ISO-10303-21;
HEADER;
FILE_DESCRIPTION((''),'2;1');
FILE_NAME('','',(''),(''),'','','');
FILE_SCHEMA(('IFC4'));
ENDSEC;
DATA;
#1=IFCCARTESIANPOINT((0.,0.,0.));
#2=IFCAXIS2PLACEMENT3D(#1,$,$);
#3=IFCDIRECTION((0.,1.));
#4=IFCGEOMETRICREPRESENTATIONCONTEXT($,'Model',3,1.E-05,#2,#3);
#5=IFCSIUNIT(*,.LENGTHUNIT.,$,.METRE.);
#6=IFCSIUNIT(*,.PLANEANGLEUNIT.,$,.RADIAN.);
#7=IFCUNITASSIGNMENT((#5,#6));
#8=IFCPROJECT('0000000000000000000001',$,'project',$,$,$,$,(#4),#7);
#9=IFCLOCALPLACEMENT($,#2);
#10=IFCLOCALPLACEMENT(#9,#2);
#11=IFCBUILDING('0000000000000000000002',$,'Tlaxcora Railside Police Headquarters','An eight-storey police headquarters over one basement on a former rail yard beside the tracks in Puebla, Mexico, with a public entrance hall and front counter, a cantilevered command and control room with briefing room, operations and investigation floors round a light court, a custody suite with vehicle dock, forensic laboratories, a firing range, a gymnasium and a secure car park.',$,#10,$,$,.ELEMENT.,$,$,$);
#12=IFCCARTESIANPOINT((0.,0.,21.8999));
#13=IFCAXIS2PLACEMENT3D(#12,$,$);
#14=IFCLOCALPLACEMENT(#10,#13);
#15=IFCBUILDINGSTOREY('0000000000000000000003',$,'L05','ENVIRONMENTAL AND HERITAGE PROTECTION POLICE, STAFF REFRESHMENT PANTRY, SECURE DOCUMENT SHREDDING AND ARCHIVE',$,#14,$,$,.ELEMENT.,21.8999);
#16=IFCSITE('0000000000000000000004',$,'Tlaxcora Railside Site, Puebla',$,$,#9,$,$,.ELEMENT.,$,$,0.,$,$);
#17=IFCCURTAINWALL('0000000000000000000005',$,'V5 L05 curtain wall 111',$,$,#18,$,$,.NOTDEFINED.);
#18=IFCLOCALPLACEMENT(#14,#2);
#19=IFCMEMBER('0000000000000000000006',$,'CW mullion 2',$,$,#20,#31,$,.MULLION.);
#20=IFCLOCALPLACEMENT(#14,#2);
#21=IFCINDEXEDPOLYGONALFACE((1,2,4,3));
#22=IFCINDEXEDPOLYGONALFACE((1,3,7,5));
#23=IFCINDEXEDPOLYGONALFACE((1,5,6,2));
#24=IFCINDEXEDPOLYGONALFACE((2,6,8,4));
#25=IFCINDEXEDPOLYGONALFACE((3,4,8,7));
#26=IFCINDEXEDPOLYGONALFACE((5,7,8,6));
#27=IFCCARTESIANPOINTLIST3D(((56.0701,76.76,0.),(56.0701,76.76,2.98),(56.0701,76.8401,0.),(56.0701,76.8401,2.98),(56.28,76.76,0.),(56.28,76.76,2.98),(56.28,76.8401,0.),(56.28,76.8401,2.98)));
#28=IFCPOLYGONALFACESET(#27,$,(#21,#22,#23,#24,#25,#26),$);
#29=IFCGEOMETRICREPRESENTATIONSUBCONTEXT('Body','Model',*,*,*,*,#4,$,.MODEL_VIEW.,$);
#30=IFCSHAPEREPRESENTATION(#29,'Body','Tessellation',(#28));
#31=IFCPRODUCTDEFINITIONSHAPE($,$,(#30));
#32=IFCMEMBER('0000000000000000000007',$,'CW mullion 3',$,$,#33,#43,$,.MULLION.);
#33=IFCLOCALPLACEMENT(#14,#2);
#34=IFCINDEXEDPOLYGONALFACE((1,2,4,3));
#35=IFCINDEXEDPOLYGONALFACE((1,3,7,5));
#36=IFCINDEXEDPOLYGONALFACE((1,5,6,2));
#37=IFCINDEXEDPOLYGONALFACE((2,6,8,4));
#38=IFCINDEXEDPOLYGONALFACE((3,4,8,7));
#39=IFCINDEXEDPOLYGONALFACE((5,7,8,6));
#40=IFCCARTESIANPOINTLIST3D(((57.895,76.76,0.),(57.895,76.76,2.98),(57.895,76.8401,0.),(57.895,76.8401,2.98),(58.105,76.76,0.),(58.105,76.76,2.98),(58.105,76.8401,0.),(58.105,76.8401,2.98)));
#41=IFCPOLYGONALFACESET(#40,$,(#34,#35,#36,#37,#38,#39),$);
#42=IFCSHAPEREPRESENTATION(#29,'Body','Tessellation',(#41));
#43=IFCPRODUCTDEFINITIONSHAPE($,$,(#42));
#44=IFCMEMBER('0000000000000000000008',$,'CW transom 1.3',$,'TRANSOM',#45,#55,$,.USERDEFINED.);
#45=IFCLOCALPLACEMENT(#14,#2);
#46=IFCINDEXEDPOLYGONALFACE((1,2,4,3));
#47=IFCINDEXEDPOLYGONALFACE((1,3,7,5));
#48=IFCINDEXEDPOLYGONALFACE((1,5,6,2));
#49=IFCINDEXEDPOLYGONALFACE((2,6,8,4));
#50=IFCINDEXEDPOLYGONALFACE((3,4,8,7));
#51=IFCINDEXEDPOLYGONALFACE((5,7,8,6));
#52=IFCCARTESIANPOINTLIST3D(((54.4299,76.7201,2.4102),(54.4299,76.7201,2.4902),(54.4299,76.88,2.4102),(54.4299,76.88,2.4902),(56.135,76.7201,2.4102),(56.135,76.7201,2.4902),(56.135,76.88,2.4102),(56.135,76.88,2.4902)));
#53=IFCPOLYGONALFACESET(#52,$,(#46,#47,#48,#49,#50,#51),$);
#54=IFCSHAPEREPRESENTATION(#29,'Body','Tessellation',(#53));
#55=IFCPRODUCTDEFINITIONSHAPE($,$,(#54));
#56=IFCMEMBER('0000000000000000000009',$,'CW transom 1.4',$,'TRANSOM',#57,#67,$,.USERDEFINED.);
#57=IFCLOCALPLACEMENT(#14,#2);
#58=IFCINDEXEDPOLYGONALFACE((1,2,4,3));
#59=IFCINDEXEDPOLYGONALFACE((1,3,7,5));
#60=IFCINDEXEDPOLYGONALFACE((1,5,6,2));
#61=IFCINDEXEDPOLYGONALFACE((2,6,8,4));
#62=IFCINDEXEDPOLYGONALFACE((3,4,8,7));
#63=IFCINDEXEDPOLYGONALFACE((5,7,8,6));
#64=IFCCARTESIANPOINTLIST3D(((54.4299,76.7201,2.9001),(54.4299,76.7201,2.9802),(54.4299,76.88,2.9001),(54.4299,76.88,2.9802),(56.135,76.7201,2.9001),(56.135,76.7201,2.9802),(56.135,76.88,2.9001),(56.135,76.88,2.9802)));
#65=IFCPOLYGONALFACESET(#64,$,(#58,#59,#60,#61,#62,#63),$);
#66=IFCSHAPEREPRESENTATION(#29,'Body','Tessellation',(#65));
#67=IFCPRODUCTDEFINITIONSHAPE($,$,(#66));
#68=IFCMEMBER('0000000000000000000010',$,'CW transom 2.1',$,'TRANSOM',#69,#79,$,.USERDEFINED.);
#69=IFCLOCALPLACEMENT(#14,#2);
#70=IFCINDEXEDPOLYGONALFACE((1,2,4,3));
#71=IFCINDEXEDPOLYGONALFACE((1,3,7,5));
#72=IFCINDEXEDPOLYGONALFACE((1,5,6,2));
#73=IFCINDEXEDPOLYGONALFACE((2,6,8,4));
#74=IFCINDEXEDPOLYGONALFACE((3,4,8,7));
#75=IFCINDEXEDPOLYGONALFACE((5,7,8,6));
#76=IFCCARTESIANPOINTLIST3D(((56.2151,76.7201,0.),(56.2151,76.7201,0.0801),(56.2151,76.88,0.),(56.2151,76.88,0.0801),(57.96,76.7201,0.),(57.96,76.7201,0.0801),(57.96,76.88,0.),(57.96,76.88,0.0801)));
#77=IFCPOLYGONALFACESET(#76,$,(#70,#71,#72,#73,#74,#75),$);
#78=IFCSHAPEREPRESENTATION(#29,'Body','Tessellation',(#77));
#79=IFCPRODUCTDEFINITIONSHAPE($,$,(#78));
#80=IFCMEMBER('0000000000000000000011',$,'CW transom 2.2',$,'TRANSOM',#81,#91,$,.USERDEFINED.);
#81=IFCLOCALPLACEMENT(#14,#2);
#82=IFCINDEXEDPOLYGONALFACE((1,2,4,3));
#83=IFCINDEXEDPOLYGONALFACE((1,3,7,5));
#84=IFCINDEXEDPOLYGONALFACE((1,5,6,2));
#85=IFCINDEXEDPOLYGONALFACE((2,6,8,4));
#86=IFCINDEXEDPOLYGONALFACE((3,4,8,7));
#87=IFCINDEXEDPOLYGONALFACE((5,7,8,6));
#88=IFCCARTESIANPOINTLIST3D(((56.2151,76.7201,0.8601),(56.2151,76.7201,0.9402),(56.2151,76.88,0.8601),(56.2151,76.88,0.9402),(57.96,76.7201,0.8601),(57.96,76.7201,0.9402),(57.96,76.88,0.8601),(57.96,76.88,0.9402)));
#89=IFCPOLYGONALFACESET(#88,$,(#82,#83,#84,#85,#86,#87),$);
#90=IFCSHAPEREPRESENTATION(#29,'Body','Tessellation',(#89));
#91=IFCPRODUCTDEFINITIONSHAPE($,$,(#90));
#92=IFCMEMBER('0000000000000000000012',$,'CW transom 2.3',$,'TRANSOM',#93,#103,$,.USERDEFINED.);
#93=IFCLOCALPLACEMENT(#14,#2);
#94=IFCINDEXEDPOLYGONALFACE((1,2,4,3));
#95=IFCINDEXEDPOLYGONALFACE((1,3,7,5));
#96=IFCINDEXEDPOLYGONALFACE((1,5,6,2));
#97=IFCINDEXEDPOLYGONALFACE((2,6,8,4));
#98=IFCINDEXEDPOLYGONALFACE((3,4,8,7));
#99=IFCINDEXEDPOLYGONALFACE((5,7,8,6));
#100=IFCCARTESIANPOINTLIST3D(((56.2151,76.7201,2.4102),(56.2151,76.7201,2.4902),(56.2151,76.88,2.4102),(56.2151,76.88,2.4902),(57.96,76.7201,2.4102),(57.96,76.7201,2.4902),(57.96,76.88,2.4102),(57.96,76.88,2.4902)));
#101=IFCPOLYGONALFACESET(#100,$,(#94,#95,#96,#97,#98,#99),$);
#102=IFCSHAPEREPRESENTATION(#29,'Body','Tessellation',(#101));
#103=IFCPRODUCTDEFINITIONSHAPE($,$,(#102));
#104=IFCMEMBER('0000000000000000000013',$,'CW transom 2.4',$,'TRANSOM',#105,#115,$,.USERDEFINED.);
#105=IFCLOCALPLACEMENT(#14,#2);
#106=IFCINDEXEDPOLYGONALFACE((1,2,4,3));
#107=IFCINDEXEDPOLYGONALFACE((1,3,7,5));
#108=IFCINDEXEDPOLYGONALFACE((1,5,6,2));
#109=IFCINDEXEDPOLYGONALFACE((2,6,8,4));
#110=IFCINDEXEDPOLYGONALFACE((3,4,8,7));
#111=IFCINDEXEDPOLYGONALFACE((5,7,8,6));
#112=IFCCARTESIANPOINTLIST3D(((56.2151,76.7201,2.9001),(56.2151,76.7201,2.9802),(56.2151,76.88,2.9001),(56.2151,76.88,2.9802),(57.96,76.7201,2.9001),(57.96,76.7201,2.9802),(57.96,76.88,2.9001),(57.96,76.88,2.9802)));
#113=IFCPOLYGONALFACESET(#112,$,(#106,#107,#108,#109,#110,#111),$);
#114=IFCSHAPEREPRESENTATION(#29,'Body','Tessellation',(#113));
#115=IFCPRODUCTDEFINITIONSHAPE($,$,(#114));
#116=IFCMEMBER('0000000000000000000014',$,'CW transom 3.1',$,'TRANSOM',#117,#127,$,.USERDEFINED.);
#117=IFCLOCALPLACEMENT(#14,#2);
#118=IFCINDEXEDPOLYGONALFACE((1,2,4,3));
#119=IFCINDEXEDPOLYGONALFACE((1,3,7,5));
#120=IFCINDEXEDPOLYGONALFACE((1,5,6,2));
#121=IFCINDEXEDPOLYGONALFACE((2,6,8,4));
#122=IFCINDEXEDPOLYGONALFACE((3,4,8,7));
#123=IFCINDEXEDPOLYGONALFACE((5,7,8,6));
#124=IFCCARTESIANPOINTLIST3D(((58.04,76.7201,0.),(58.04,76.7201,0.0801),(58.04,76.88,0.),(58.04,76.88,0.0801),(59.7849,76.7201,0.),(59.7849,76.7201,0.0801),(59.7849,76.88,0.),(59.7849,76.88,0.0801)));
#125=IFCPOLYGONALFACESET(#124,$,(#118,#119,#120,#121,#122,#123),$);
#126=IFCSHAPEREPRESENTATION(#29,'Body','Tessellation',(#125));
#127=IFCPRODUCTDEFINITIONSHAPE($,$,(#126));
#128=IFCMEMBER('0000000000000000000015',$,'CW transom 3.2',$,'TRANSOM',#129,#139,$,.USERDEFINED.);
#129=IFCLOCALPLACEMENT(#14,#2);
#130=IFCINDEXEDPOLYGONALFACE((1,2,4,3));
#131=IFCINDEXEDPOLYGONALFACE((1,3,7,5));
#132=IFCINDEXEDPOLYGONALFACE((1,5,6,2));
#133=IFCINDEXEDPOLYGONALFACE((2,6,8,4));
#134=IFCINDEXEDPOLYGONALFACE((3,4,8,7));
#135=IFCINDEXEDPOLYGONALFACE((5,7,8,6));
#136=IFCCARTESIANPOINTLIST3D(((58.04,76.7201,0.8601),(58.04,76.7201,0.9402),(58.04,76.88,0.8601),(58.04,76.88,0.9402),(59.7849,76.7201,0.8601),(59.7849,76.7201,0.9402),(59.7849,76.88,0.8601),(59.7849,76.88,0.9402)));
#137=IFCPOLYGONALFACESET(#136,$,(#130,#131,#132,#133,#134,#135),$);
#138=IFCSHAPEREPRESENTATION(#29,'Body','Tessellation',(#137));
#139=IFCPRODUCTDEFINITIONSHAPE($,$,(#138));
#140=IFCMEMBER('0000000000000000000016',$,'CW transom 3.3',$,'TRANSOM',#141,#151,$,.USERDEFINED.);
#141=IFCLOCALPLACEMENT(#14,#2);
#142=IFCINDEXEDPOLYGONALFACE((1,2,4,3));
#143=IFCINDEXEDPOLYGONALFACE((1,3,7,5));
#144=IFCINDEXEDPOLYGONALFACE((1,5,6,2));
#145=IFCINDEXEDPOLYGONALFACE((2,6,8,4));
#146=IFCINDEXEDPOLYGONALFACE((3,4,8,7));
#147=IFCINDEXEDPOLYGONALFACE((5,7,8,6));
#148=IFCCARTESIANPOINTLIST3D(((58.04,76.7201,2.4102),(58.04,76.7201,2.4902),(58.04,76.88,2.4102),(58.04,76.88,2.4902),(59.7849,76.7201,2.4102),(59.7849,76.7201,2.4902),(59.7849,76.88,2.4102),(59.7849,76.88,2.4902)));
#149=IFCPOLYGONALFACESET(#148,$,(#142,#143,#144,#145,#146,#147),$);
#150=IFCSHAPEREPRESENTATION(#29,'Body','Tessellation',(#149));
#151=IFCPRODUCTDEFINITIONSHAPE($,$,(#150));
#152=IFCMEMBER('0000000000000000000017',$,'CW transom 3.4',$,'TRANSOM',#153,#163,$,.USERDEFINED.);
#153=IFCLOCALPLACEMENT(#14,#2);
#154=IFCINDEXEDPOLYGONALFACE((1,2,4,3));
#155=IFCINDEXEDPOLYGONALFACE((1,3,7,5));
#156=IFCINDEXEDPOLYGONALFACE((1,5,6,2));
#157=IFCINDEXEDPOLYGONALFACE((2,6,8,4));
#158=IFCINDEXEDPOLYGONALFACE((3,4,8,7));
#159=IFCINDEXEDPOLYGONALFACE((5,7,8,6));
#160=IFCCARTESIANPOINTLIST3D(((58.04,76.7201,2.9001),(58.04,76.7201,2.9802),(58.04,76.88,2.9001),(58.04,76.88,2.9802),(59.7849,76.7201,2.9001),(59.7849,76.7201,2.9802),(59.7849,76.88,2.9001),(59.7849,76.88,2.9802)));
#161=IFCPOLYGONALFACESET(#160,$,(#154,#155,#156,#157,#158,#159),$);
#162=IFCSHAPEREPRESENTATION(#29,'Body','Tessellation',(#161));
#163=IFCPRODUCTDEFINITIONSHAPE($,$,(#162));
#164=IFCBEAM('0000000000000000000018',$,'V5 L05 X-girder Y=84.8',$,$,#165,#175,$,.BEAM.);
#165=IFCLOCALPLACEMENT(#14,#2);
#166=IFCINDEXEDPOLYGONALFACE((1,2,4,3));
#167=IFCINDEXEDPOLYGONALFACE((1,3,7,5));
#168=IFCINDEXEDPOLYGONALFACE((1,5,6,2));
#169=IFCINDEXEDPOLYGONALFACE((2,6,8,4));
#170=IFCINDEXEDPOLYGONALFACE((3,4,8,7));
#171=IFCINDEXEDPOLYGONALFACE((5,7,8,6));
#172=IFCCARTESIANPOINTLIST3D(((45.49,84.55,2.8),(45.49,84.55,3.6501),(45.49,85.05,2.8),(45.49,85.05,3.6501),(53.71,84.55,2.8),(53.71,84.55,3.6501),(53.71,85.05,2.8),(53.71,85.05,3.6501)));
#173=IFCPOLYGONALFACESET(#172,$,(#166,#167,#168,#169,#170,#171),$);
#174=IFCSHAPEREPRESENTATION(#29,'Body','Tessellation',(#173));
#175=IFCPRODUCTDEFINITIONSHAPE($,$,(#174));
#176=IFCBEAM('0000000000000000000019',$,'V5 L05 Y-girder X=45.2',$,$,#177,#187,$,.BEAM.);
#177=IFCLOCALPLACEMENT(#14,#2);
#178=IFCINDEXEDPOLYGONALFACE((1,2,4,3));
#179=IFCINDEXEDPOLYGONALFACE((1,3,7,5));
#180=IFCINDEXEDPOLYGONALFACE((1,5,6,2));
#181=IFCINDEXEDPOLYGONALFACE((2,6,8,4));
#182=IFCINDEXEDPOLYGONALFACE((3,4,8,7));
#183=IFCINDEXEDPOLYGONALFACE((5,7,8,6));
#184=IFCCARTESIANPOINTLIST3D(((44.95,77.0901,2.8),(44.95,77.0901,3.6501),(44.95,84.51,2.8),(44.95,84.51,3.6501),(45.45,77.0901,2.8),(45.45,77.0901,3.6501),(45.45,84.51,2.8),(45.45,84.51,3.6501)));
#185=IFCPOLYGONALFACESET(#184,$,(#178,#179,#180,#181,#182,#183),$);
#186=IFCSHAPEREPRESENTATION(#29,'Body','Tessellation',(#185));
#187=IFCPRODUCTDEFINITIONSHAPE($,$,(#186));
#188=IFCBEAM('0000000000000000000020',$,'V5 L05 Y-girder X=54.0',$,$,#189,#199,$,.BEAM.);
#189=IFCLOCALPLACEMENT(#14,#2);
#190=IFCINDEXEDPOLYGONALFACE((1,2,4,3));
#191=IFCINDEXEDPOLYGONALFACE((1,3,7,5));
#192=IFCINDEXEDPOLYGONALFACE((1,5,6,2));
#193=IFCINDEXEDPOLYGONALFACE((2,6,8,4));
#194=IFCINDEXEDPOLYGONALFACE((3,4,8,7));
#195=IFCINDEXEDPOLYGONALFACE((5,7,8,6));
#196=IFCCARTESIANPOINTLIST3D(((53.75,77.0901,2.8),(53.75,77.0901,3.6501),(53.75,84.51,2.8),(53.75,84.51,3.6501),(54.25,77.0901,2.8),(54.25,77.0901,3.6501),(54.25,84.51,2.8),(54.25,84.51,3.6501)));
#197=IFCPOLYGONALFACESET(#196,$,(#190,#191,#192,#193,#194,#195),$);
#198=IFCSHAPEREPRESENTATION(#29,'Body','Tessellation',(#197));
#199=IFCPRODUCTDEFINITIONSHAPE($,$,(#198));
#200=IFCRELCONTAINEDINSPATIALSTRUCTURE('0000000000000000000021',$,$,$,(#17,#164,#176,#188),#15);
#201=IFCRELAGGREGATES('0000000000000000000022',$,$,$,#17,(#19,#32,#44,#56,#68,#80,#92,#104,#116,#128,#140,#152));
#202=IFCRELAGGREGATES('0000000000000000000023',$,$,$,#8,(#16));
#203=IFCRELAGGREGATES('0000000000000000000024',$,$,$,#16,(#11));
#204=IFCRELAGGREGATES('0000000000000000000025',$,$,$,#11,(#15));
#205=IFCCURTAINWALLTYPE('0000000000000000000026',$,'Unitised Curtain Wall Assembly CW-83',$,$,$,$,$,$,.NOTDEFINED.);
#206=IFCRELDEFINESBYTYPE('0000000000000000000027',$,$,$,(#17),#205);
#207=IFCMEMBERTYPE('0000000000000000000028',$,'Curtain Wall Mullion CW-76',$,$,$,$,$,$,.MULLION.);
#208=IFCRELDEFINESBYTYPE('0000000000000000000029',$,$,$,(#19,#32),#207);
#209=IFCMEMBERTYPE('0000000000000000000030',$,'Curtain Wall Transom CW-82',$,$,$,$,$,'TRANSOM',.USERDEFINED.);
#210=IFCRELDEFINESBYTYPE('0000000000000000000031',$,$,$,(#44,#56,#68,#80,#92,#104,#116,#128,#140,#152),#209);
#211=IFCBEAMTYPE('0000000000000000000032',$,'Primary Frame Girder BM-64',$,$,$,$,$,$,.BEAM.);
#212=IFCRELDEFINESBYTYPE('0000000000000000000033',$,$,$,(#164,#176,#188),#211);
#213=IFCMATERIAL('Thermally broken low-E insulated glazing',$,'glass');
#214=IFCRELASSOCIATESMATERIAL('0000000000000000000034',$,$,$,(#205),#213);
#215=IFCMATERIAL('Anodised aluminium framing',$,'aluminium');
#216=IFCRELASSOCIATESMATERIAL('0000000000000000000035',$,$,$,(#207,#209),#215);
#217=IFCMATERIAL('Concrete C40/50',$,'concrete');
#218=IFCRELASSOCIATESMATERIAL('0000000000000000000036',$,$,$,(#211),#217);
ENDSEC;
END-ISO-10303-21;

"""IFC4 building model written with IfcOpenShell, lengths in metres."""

from ifc_helpers import new_model, si_unit, direction, frame, origin, origin_2d, place, context, subcontext, project, spatial, rectangle, extrude, material, material_profile, profile_set, type_object, element, aggregate, save


model = new_model("IFC4")

# Units and contexts
model_context = context("Model", 3, precision=1e-05, world=origin(), true_north=direction((0.0, 1.0)))
body_context = subcontext(model_context, "Body", "Model", "MODEL_VIEW")
ifc_project = project(units=[si_unit("LENGTHUNIT", "METRE"), si_unit("PLANEANGLEUNIT", "RADIAN")], contexts=[model_context])

# Site, building, storey
site_placement = place(None, origin())
site = spatial("IfcSite", under=ifc_project, at=site_placement, Name="Tlaxcora Railside Site, Puebla", CompositionType="ELEMENT", RefElevation=0.0)
building_placement = place(site_placement, origin())
building = spatial("IfcBuilding", under=site, at=building_placement, Name="Tlaxcora Railside Police Headquarters", Description="An eight-storey police headquarters over one basement on a former rail yard beside the tracks in Puebla, Mexico, with a public entrance hall and front counter, a cantilevered command and control room with briefing room, operations and investigation floors round a light court, a custody suite with vehicle dock, forensic laboratories, a firing range, a gymnasium and a secure car park.", CompositionType="ELEMENT")
storey_placement = place(building_placement, frame((0.0, 0.0, 21.8999)))
storey = spatial("IfcBuildingStorey", under=building, at=storey_placement, Name="L05", Description="ENVIRONMENTAL AND HERITAGE PROTECTION POLICE, STAFF REFRESHMENT PANTRY, SECURE DOCUMENT SHREDDING AND ARCHIVE", CompositionType="ELEMENT", Elevation=21.8999)

# Curtain wall, members
ifc_material_1 = material(Name="Thermally broken low-E insulated glazing", Category="glass")
curtain_wall_type = type_object("IfcCurtainWallType", Name="Unitised Curtain Wall Assembly CW-83", PredefinedType="NOTDEFINED", material=ifc_material_1)
curtain_wall_placement = place(storey_placement, origin())
curtain_wall = element("IfcCurtainWall", 1, at=curtain_wall_placement, inside=storey, type_object=curtain_wall_type, Name="V5 L05 curtain wall 111", PredefinedType="NOTDEFINED")
ifc_material_2 = material(Name="Anodised aluminium framing", Category="aluminium")
ifc_material_profile_1 = material_profile(ifc_material_2, rectangle(XDim=0.0801, YDim=0.21, at=origin_2d()), Name="AL80X210")
ifc_profile_set_1 = profile_set([ifc_material_profile_1], Name="Anodised aluminium framing")
member_type_1 = type_object("IfcMemberType", Name="Curtain Wall Mullion CW-76", PredefinedType="MULLION", material=ifc_profile_set_1)
member_1_placement = place(storey_placement, frame((56.175, 76.8, 0.0), z_axis=(0.0, 0.0, 1.0), x_axis=(0.0, 1.0, 0.0)))
member_1 = element("IfcMember", 2, at=member_1_placement, type_object=member_type_1, Name="CW mullion 2", PredefinedType="MULLION", context=body_context, shape_type="SweptSolid", body=[
    extrude(rectangle(XDim=0.0801, YDim=0.21, at=origin_2d()), origin(), (0.0, 0.0, 1.0), 2.98),
])
member_2_placement = place(storey_placement, frame((58.0, 76.8, 0.0), z_axis=(0.0, 0.0, 1.0), x_axis=(0.0, 1.0, 0.0)))
member_2 = element("IfcMember", 3, at=member_2_placement, type_object=member_type_1, Name="CW mullion 3", PredefinedType="MULLION", context=body_context, shape_type="SweptSolid", body=[
    extrude(rectangle(XDim=0.0801, YDim=0.21, at=origin_2d()), origin(), (0.0, 0.0, 1.0), 2.98),
])
ifc_material_profile_2 = material_profile(ifc_material_2, rectangle(XDim=0.1599, YDim=0.0801, at=origin_2d()), Name="AL80X160")
ifc_profile_set_2 = profile_set([ifc_material_profile_2], Name="Anodised aluminium framing")
member_type_2 = type_object("IfcMemberType", Name="Curtain Wall Transom CW-82", ElementType="TRANSOM", PredefinedType="USERDEFINED", material=ifc_profile_set_2)
member_3_placement = place(storey_placement, frame((54.4299, 76.8, 2.4502), z_axis=(1.0, 0.0, 0.0), x_axis=(0.0, 1.0, 0.0)))
member_3 = element("IfcMember", 4, at=member_3_placement, type_object=member_type_2, Name="CW transom 1.3", ObjectType="TRANSOM", PredefinedType="USERDEFINED", context=body_context, shape_type="SweptSolid", body=[
    extrude(rectangle(XDim=0.1599, YDim=0.0801, at=origin_2d()), origin(), (0.0, 0.0, 1.0), 1.7051),
])
member_4_placement = place(storey_placement, frame((54.4299, 76.8, 2.9402), z_axis=(1.0, 0.0, 0.0), x_axis=(0.0, 1.0, 0.0)))
member_4 = element("IfcMember", 5, at=member_4_placement, type_object=member_type_2, Name="CW transom 1.4", ObjectType="TRANSOM", PredefinedType="USERDEFINED", context=body_context, shape_type="SweptSolid", body=[
    extrude(rectangle(XDim=0.1599, YDim=0.0801, at=origin_2d()), origin(), (0.0, 0.0, 1.0), 1.7051),
])
member_5_placement = place(storey_placement, frame((56.2151, 76.8, 0.04), z_axis=(1.0, 0.0, 0.0), x_axis=(0.0, 1.0, 0.0)))
member_5 = element("IfcMember", 6, at=member_5_placement, type_object=member_type_2, Name="CW transom 2.1", ObjectType="TRANSOM", PredefinedType="USERDEFINED", context=body_context, shape_type="SweptSolid", body=[
    extrude(rectangle(XDim=0.1599, YDim=0.0801, at=origin_2d()), origin(), (0.0, 0.0, 1.0), 1.7449),
])
member_6_placement = place(storey_placement, frame((56.2151, 76.8, 0.9001), z_axis=(1.0, 0.0, 0.0), x_axis=(0.0, 1.0, 0.0)))
member_6 = element("IfcMember", 7, at=member_6_placement, type_object=member_type_2, Name="CW transom 2.2", ObjectType="TRANSOM", PredefinedType="USERDEFINED", context=body_context, shape_type="SweptSolid", body=[
    extrude(rectangle(XDim=0.1599, YDim=0.0801, at=origin_2d()), origin(), (0.0, 0.0, 1.0), 1.7449),
])
member_7_placement = place(storey_placement, frame((56.2151, 76.8, 2.4502), z_axis=(1.0, 0.0, 0.0), x_axis=(0.0, 1.0, 0.0)))
member_7 = element("IfcMember", 8, at=member_7_placement, type_object=member_type_2, Name="CW transom 2.3", ObjectType="TRANSOM", PredefinedType="USERDEFINED", context=body_context, shape_type="SweptSolid", body=[
    extrude(rectangle(XDim=0.1599, YDim=0.0801, at=origin_2d()), origin(), (0.0, 0.0, 1.0), 1.7449),
])
member_8_placement = place(storey_placement, frame((56.2151, 76.8, 2.9402), z_axis=(1.0, 0.0, 0.0), x_axis=(0.0, 1.0, 0.0)))
member_8 = element("IfcMember", 9, at=member_8_placement, type_object=member_type_2, Name="CW transom 2.4", ObjectType="TRANSOM", PredefinedType="USERDEFINED", context=body_context, shape_type="SweptSolid", body=[
    extrude(rectangle(XDim=0.1599, YDim=0.0801, at=origin_2d()), origin(), (0.0, 0.0, 1.0), 1.7449),
])
member_9_placement = place(storey_placement, frame((58.04, 76.8, 0.04), z_axis=(1.0, 0.0, 0.0), x_axis=(0.0, 1.0, 0.0)))
member_9 = element("IfcMember", 10, at=member_9_placement, type_object=member_type_2, Name="CW transom 3.1", ObjectType="TRANSOM", PredefinedType="USERDEFINED", context=body_context, shape_type="SweptSolid", body=[
    extrude(rectangle(XDim=0.1599, YDim=0.0801, at=origin_2d()), origin(), (0.0, 0.0, 1.0), 1.7449),
])
member_10_placement = place(storey_placement, frame((58.04, 76.8, 0.9001), z_axis=(1.0, 0.0, 0.0), x_axis=(0.0, 1.0, 0.0)))
member_10 = element("IfcMember", 11, at=member_10_placement, type_object=member_type_2, Name="CW transom 3.2", ObjectType="TRANSOM", PredefinedType="USERDEFINED", context=body_context, shape_type="SweptSolid", body=[
    extrude(rectangle(XDim=0.1599, YDim=0.0801, at=origin_2d()), origin(), (0.0, 0.0, 1.0), 1.7449),
])
member_11_placement = place(storey_placement, frame((58.04, 76.8, 2.4502), z_axis=(1.0, 0.0, 0.0), x_axis=(0.0, 1.0, 0.0)))
member_11 = element("IfcMember", 12, at=member_11_placement, type_object=member_type_2, Name="CW transom 3.3", ObjectType="TRANSOM", PredefinedType="USERDEFINED", context=body_context, shape_type="SweptSolid", body=[
    extrude(rectangle(XDim=0.1599, YDim=0.0801, at=origin_2d()), origin(), (0.0, 0.0, 1.0), 1.7449),
])
member_12_placement = place(storey_placement, frame((58.04, 76.8, 2.9402), z_axis=(1.0, 0.0, 0.0), x_axis=(0.0, 1.0, 0.0)))
member_12 = element("IfcMember", 13, at=member_12_placement, type_object=member_type_2, Name="CW transom 3.4", ObjectType="TRANSOM", PredefinedType="USERDEFINED", context=body_context, shape_type="SweptSolid", body=[
    extrude(rectangle(XDim=0.1599, YDim=0.0801, at=origin_2d()), origin(), (0.0, 0.0, 1.0), 1.7449),
])

# Beams
ifc_material_3 = material(Name="Concrete C40/50", Category="concrete")
ifc_material_profile_3 = material_profile(ifc_material_3, rectangle(XDim=0.5, YDim=0.8501, at=origin_2d()), Name="RC500X850")
ifc_profile_set_3 = profile_set([ifc_material_profile_3], Name="Concrete C40/50")
beam_type_1 = type_object("IfcBeamType", Name="Primary Frame Girder BM-64", PredefinedType="BEAM", material=ifc_profile_set_3)
beam_1_placement = place(storey_placement, frame((45.49, 84.8, 3.2251), z_axis=(1.0, 0.0, 0.0), x_axis=(0.0, 1.0, 0.0)))
element("IfcBeam", 14, at=beam_1_placement, inside=storey, type_object=beam_type_1, Name="V5 L05 X-girder Y=84.8", PredefinedType="BEAM", context=body_context, shape_type="SweptSolid", body=[
    extrude(rectangle(XDim=0.5, YDim=0.8501, at=origin_2d()), origin(), (0.0, 0.0, 1.0), 8.22),
])
for number, where, z_axis, x_axis, name in (
    (15, (45.2, 77.0901, 3.2251), (0.0, 1.0, 0.0), (-1.0, 0.0, 0.0), "V5 L05 Y-girder X=45.2"),
    (16, (54.0, 77.0901, 3.2251), (0.0, 1.0, 0.0), (-1.0, 0.0, 0.0), "V5 L05 Y-girder X=54.0"),
):
    element("IfcBeam", number, at=place(storey_placement, frame(where, z_axis=z_axis, x_axis=x_axis)), inside=storey, type_object=beam_type_1, Name=name, PredefinedType="BEAM", context=body_context, shape_type="SweptSolid", body=[
        extrude(rectangle(XDim=0.5, YDim=0.8501, at=origin_2d()), origin(), (0.0, 0.0, 1.0), 7.4199),
    ])

aggregate(curtain_wall, [member_1, member_2, member_3, member_4, member_5, member_6, member_7, member_8, member_9, member_10, member_11, member_12])

save(model, "model.ifc")
